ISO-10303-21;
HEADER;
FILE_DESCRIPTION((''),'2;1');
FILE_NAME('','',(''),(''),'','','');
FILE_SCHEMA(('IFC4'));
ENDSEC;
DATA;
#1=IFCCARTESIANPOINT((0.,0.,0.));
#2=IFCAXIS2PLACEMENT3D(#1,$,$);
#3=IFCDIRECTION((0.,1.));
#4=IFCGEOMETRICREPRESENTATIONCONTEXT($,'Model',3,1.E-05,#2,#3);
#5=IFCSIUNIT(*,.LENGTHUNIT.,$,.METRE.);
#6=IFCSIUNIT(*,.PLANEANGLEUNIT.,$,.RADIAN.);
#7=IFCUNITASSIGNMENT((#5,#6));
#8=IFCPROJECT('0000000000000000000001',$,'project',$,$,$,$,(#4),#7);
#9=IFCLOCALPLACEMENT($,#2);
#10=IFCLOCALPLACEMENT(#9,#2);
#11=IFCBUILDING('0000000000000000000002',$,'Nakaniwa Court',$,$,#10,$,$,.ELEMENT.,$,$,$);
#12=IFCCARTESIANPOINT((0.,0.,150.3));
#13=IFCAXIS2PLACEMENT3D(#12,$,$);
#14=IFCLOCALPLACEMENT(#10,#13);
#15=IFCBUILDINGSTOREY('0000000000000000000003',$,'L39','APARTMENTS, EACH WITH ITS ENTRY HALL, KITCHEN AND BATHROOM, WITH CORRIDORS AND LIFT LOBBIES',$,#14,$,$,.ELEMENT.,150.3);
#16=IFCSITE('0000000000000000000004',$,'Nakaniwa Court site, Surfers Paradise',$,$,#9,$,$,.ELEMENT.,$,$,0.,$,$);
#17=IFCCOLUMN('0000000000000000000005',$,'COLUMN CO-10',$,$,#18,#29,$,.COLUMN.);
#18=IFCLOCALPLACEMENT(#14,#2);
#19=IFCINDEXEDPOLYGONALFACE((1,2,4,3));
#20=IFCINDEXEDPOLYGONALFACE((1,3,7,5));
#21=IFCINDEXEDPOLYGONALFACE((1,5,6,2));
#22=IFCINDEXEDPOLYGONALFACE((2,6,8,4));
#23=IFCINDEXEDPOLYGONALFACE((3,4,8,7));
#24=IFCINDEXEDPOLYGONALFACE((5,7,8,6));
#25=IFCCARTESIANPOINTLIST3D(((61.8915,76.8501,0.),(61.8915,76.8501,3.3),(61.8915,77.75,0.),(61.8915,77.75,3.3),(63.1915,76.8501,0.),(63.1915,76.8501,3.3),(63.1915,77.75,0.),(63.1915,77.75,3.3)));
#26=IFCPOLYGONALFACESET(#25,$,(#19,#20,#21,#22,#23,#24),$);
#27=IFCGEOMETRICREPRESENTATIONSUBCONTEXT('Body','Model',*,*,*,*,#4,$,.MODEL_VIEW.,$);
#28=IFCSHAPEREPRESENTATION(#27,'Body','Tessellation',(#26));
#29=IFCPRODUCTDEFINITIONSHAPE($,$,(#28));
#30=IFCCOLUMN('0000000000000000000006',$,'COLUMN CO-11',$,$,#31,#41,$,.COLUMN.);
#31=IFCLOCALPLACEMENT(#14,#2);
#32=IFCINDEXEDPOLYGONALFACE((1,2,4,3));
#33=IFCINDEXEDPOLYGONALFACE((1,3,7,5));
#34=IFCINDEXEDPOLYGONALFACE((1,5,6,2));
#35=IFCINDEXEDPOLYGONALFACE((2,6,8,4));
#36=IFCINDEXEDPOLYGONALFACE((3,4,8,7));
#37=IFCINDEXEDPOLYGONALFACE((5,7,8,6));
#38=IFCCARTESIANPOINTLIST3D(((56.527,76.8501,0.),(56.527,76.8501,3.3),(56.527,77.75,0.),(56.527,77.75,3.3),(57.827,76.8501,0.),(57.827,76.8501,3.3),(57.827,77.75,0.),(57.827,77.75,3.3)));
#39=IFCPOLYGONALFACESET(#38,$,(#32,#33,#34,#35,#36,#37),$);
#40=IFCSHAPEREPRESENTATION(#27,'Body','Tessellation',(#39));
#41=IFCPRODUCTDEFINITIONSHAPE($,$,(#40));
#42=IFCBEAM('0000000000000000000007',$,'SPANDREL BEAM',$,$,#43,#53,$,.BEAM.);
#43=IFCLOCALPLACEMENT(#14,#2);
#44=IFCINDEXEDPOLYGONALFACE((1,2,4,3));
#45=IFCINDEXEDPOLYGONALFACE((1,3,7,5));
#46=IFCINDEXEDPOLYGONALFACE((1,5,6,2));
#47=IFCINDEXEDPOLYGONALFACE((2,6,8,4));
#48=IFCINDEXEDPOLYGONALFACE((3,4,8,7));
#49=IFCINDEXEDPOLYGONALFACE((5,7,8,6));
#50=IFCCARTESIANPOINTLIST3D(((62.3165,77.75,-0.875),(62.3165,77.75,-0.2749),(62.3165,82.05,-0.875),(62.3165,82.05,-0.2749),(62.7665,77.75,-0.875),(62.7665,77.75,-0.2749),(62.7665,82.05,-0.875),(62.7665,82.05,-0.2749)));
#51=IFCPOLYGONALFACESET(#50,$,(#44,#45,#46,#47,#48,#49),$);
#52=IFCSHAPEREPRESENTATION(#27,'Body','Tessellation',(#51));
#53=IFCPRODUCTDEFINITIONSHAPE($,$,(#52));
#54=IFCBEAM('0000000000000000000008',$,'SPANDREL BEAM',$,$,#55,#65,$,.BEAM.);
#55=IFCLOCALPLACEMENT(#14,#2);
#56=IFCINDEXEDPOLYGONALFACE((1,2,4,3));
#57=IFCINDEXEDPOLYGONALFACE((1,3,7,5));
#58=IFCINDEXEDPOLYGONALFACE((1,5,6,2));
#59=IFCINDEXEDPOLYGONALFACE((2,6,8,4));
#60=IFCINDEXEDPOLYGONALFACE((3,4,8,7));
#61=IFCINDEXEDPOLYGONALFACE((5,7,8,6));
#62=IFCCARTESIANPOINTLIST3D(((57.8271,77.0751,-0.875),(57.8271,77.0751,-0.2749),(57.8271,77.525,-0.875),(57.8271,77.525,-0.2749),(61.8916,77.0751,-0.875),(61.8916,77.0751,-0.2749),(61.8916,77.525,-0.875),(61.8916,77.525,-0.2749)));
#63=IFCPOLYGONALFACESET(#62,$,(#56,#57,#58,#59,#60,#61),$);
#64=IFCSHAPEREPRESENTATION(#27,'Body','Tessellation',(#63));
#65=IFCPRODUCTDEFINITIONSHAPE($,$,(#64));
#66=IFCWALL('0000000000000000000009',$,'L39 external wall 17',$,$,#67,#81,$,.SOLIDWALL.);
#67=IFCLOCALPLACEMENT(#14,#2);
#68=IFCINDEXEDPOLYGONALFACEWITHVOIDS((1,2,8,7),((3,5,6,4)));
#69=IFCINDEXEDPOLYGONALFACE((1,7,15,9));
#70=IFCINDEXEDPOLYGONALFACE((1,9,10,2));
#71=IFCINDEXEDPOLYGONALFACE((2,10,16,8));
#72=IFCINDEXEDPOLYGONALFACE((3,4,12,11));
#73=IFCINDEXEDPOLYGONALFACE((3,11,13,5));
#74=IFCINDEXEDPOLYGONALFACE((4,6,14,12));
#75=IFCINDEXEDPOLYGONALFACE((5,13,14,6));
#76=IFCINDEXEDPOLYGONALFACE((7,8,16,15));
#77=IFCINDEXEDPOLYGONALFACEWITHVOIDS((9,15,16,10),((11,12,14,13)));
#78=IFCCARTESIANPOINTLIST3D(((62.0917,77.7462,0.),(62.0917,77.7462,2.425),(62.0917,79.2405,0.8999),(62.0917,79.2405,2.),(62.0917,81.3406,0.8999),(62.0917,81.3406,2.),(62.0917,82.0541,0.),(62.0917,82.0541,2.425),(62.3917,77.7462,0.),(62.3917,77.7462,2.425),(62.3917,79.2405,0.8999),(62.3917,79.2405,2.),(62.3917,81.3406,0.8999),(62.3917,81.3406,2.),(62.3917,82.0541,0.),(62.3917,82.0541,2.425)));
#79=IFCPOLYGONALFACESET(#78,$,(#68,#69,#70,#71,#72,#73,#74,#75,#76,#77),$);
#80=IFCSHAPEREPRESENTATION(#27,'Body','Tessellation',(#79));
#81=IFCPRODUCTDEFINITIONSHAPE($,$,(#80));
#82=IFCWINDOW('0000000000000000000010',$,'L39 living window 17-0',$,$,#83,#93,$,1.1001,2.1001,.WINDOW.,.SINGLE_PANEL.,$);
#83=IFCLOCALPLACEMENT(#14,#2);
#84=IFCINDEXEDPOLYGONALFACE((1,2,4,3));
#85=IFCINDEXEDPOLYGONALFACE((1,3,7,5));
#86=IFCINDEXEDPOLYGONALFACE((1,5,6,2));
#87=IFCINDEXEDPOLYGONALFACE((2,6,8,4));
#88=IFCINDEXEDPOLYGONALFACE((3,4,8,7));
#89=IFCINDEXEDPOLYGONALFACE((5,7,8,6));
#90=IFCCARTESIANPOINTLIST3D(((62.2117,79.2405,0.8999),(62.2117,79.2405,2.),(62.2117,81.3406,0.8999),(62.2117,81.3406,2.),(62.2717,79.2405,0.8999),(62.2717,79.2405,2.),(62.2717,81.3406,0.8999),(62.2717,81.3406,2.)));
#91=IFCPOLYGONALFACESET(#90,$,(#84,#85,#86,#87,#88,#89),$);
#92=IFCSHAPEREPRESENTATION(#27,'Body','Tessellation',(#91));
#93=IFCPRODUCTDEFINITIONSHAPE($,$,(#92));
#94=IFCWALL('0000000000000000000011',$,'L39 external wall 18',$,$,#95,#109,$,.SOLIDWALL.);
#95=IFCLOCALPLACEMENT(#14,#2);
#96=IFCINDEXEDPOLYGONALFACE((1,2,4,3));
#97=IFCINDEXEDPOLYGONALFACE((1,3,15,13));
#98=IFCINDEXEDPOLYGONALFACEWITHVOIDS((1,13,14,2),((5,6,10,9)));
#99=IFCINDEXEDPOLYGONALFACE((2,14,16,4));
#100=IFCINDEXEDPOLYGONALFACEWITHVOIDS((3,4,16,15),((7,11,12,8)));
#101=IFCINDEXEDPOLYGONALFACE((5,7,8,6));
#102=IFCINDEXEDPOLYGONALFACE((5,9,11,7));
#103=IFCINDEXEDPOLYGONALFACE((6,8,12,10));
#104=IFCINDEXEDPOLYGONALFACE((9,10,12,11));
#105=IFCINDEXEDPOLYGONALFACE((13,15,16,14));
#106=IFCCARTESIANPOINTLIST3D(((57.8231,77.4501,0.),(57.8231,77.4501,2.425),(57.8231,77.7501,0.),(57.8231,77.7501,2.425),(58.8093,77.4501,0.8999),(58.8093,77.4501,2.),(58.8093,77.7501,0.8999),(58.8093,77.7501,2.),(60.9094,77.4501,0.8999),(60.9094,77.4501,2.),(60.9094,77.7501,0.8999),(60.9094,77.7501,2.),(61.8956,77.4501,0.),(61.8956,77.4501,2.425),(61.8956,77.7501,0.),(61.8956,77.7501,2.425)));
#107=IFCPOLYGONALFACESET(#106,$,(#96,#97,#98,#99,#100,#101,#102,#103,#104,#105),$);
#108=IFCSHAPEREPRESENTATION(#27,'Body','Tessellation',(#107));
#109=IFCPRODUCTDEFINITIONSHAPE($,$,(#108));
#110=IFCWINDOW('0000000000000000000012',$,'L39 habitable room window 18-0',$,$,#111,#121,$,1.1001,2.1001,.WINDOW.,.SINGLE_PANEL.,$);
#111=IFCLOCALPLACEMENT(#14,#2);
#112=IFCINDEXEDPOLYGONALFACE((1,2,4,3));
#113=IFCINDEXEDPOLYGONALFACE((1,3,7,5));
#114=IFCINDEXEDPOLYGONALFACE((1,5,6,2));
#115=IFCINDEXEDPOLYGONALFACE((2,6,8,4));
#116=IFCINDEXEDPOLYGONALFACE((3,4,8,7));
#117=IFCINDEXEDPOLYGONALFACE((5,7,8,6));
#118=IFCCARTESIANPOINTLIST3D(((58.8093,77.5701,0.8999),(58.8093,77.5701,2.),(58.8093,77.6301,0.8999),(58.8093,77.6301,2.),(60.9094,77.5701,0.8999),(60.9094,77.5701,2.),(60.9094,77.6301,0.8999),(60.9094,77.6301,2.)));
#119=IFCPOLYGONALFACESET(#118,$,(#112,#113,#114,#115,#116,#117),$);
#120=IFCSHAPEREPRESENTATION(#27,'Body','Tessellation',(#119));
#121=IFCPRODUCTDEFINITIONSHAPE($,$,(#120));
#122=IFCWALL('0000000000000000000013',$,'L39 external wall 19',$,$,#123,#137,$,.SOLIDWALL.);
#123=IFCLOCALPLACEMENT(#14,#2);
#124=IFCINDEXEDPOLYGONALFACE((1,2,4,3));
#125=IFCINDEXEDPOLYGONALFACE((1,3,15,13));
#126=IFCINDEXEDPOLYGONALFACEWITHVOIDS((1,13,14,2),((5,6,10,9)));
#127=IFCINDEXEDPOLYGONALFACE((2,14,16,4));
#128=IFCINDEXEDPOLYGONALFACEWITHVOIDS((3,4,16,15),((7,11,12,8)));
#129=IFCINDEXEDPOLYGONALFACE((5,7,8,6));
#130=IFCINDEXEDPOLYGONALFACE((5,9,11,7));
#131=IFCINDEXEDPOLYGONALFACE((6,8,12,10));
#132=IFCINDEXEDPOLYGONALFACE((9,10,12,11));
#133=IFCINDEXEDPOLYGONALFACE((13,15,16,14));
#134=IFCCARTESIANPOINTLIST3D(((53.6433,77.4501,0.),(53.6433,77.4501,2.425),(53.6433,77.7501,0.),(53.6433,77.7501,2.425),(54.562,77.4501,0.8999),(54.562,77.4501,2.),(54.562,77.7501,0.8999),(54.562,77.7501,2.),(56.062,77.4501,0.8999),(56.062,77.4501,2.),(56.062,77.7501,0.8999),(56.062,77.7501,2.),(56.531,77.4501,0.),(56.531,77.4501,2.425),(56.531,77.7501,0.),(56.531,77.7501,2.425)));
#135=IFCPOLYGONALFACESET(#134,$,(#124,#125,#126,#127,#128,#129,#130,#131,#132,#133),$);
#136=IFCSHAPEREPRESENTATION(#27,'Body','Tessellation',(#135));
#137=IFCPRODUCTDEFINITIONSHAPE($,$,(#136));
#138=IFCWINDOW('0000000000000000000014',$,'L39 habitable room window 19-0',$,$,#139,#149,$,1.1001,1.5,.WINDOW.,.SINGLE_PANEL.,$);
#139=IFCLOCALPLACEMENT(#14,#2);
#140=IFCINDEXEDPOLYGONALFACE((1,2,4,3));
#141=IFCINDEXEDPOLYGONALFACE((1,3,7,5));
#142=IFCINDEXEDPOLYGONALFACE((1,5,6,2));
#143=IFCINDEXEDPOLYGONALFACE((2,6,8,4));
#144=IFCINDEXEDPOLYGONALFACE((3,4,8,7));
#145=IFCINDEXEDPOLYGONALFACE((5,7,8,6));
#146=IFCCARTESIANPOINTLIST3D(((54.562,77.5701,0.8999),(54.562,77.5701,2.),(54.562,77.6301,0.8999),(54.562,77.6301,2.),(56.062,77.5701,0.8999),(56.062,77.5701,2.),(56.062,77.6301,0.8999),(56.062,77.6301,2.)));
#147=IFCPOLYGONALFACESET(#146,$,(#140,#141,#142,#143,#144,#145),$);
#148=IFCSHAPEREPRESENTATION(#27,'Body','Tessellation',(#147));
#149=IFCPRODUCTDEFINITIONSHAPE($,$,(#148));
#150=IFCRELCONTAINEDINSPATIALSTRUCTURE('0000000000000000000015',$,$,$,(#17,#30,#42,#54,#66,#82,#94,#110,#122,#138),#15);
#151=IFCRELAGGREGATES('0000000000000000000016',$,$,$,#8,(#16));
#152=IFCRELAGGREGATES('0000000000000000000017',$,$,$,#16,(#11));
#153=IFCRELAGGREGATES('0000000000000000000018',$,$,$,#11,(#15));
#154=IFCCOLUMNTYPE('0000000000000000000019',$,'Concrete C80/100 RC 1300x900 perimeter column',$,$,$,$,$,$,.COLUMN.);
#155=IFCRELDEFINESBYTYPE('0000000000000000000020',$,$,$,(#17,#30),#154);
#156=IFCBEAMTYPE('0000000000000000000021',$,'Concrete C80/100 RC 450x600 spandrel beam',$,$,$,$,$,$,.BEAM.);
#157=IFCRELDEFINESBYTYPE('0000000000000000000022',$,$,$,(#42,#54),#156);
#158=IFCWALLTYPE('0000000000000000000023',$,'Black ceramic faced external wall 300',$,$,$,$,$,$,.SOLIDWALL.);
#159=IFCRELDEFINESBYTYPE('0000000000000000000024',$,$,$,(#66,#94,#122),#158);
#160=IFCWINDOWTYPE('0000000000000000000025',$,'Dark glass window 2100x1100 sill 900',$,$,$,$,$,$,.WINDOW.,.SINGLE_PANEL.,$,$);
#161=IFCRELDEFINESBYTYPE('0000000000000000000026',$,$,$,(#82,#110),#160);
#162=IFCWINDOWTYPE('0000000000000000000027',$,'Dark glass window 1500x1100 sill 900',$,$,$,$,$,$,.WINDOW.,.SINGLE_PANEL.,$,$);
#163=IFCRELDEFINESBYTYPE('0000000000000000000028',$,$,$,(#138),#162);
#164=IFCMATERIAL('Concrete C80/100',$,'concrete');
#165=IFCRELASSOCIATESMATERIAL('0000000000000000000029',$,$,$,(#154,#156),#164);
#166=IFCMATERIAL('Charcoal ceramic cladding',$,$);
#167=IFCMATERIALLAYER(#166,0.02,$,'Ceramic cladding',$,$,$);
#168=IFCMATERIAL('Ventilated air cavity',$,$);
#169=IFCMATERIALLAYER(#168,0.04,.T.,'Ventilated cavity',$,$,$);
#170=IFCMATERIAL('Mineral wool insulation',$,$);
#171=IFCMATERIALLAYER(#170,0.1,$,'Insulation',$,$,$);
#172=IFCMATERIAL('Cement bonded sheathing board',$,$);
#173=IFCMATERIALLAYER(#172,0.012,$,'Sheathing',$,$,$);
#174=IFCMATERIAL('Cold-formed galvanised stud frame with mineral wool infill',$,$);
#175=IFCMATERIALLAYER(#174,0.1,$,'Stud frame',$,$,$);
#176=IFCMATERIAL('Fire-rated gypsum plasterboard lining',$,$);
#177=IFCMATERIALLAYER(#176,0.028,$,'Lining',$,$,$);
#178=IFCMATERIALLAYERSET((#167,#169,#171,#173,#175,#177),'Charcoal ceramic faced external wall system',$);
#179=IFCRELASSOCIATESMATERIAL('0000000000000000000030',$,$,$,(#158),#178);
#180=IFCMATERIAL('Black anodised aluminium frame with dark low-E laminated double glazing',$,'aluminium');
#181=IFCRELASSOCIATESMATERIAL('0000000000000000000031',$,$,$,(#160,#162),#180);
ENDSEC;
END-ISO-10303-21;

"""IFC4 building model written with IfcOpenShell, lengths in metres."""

from ifc_helpers import new_model, si_unit, direction, frame, frame_2d, origin, origin_2d, place, context, subcontext, project, spatial, rectangle, extrude, material, layer, layer_set, material_profile, profile_set, type_object, element, fill, save


model = new_model("IFC4")

# Units and contexts
model_context = context("Model", 3, precision=1e-05, world=origin(), true_north=direction((0.0, 1.0)))
body_context = subcontext(model_context, "Body", "Model", "MODEL_VIEW")
ifc_project = project(units=[si_unit("LENGTHUNIT", "METRE"), si_unit("PLANEANGLEUNIT", "RADIAN")], contexts=[model_context])

# Site, building, storey
site_placement = place(None, origin())
site = spatial("IfcSite", under=ifc_project, at=site_placement, Name="Nakaniwa Court site, Surfers Paradise", CompositionType="ELEMENT", RefElevation=0.0)
building_placement = place(site_placement, origin())
building = spatial("IfcBuilding", under=site, at=building_placement, Name="Nakaniwa Court", CompositionType="ELEMENT")
storey_placement = place(building_placement, frame((0.0, 0.0, 150.3)))
storey = spatial("IfcBuildingStorey", under=building, at=storey_placement, Name="L39", Description="APARTMENTS, EACH WITH ITS ENTRY HALL, KITCHEN AND BATHROOM, WITH CORRIDORS AND LIFT LOBBIES", CompositionType="ELEMENT", Elevation=150.3)

# Columns
ifc_material_1 = material(Name="Concrete C80/100", Category="concrete")
ifc_material_profile_1 = material_profile(ifc_material_1, rectangle(XDim=1.3, YDim=0.8999, at=origin_2d()), Name="Concrete C80/100 RC 1300x900 perimeter column")
ifc_profile_set_1 = profile_set([ifc_material_profile_1], Name="Concrete C80/100")
column_type = type_object("IfcColumnType", Name="Concrete C80/100 RC 1300x900 perimeter column", PredefinedType="COLUMN", material=ifc_profile_set_1)
for number, where, z_axis, x_axis, name in (
    (1, (62.5415, 77.3, 0.0), (0.0, 0.0, 1.0), (-1.0, 0.0, 0.0), "COLUMN CO-10"),
    (2, (57.177, 77.3, 0.0), (0.0, 0.0, 1.0), (-1.0, 0.0, 0.0), "COLUMN CO-11"),
):
    element("IfcColumn", number, at=place(storey_placement, frame(where, z_axis=z_axis, x_axis=x_axis)), inside=storey, type_object=column_type, Name=name, PredefinedType="COLUMN", context=body_context, shape_type="SweptSolid", body=[
        extrude(rectangle(XDim=1.3, YDim=0.8999, at=origin_2d()), origin(), (0.0, 0.0, 1.0), 3.3),
    ])

# Beams
ifc_material_profile_2 = material_profile(ifc_material_1, rectangle(XDim=0.45, YDim=0.6001, at=origin_2d()), Name="Concrete C80/100 RC 450x600 spandrel beam")
ifc_profile_set_2 = profile_set([ifc_material_profile_2], Name="Concrete C80/100")
beam_type = type_object("IfcBeamType", Name="Concrete C80/100 RC 450x600 spandrel beam", PredefinedType="BEAM", material=ifc_profile_set_2)
beam_1_placement = place(storey_placement, frame((62.5415, 82.05, -0.575), z_axis=(0.0, -1.0, 0.0), x_axis=(1.0, 0.0, 0.0)))
element("IfcBeam", 3, at=beam_1_placement, inside=storey, type_object=beam_type, Name="SPANDREL BEAM", PredefinedType="BEAM", context=body_context, shape_type="SweptSolid", body=[
    extrude(rectangle(XDim=0.45, YDim=0.6001, at=origin_2d()), origin(), (0.0, 0.0, 1.0), 4.3),
])
beam_2_placement = place(storey_placement, frame((61.8916, 77.3, -0.575), z_axis=(-1.0, 0.0, 0.0), x_axis=(0.0, -1.0, 0.0)))
element("IfcBeam", 4, at=beam_2_placement, inside=storey, type_object=beam_type, Name="SPANDREL BEAM", PredefinedType="BEAM", context=body_context, shape_type="SweptSolid", body=[
    extrude(rectangle(XDim=0.45, YDim=0.6001, at=origin_2d()), origin(), (0.0, 0.0, 1.0), 4.0645),
])

# Walls, openings, windows
ifc_material_2 = material(Name="Charcoal ceramic cladding")
ifc_layer_1 = layer(ifc_material_2, 0.02, Name="Ceramic cladding")
ifc_material_3 = material(Name="Ventilated air cavity")
ifc_layer_2 = layer(ifc_material_3, 0.04, ventilated=True, Name="Ventilated cavity")
ifc_material_4 = material(Name="Mineral wool insulation")
ifc_layer_3 = layer(ifc_material_4, 0.1, Name="Insulation")
ifc_material_5 = material(Name="Cement bonded sheathing board")
ifc_layer_4 = layer(ifc_material_5, 0.012, Name="Sheathing")
ifc_material_6 = material(Name="Cold-formed galvanised stud frame with mineral wool infill")
ifc_layer_5 = layer(ifc_material_6, 0.1, Name="Stud frame")
ifc_material_7 = material(Name="Fire-rated gypsum plasterboard lining")
ifc_layer_6 = layer(ifc_material_7, 0.028, Name="Lining")
ifc_layer_set_1 = layer_set([ifc_layer_1, ifc_layer_2, ifc_layer_3, ifc_layer_4, ifc_layer_5, ifc_layer_6], Name="Charcoal ceramic faced external wall system")
wall_type_1 = type_object("IfcWallType", Name="Black ceramic faced external wall 300", PredefinedType="SOLIDWALL", material=ifc_layer_set_1)
wall_1_placement = place(storey_placement, frame((62.2417, 82.054, 0.0), z_axis=(0.0, 0.0, 1.0), x_axis=(0.0, -1.0, 0.0)))
wall_1 = element("IfcWall", 5, at=wall_1_placement, inside=storey, type_object=wall_type_1, Name="L39 external wall 17", PredefinedType="SOLIDWALL", context=body_context, shape_type="SweptSolid", body=[
    extrude(rectangle(XDim=4.3079, YDim=0.3, at=frame_2d((2.1538, 0.0))), origin(), (0.0, 0.0, 1.0), 2.425),
])
opening_1_placement = place(wall_1_placement, frame((0.7134, 0.0, 0.8999)))
opening_1 = element("IfcOpeningElement", 6, at=opening_1_placement, cuts=wall_1, PredefinedType="OPENING", context=body_context, shape_type="SweptSolid", body=[
    extrude(rectangle(XDim=2.1001, YDim=1.1001, at=frame_2d((1.05, 0.55))), frame((0.0, 0.1599, 0.0), z_axis=(0.0, -1.0, 0.0), x_axis=(1.0, 0.0, 0.0)), (0.0, 0.0, 1.0), 0.3201),
])
ifc_material_8 = material(Name="Black anodised aluminium frame with dark low-E laminated double glazing", Category="aluminium")
window_type_1 = type_object("IfcWindowType", Name="Dark glass window 2100x1100 sill 900", PartitioningType="SINGLE_PANEL", PredefinedType="WINDOW", material=ifc_material_8)
window_1_placement = place(opening_1_placement, origin())
window_1 = element("IfcWindow", 7, at=window_1_placement, inside=storey, type_object=window_type_1, Name="L39 living window 17-0", OverallHeight=1.1001, OverallWidth=2.1001, PartitioningType="SINGLE_PANEL", PredefinedType="WINDOW", context=body_context, shape_type="SweptSolid", body=[
    extrude(rectangle(XDim=2.1001, YDim=1.1001, at=frame_2d((1.05, 0.55))), frame((0.0, 0.03, 0.0), z_axis=(0.0, -1.0, 0.0), x_axis=(1.0, 0.0, 0.0)), (0.0, 0.0, 1.0), 0.0601),
])
fill(opening_1, window_1)
wall_2_placement = place(storey_placement, frame((61.8955, 77.6001, 0.0), z_axis=(0.0, 0.0, 1.0), x_axis=(-1.0, 0.0, 0.0)))
wall_2 = element("IfcWall", 8, at=wall_2_placement, inside=storey, type_object=wall_type_1, Name="L39 external wall 18", PredefinedType="SOLIDWALL", context=body_context, shape_type="SweptSolid", body=[
    extrude(rectangle(XDim=4.0725, YDim=0.3, at=frame_2d((2.0361, 0.0))), origin(), (0.0, 0.0, 1.0), 2.425),
])
opening_2_placement = place(wall_2_placement, frame((0.9861, 0.0, 0.8999)))
opening_2 = element("IfcOpeningElement", 9, at=opening_2_placement, cuts=wall_2, PredefinedType="OPENING", context=body_context, shape_type="SweptSolid", body=[
    extrude(rectangle(XDim=2.1001, YDim=1.1001, at=frame_2d((1.05, 0.55))), frame((0.0, 0.1599, 0.0), z_axis=(0.0, -1.0, 0.0), x_axis=(1.0, 0.0, 0.0)), (0.0, 0.0, 1.0), 0.3201),
])
window_2_placement = place(opening_2_placement, origin())
window_2 = element("IfcWindow", 10, at=window_2_placement, inside=storey, type_object=window_type_1, Name="L39 habitable room window 18-0", OverallHeight=1.1001, OverallWidth=2.1001, PartitioningType="SINGLE_PANEL", PredefinedType="WINDOW", context=body_context, shape_type="SweptSolid", body=[
    extrude(rectangle(XDim=2.1001, YDim=1.1001, at=frame_2d((1.05, 0.55))), frame((0.0, 0.03, 0.0), z_axis=(0.0, -1.0, 0.0), x_axis=(1.0, 0.0, 0.0)), (0.0, 0.0, 1.0), 0.0601),
])
fill(opening_2, window_2)
wall_3_placement = place(storey_placement, frame((56.531, 77.6001, 0.0), z_axis=(0.0, 0.0, 1.0), x_axis=(-1.0, 0.0, 0.0)))
wall_3 = element("IfcWall", 11, at=wall_3_placement, inside=storey, type_object=wall_type_1, Name="L39 external wall 19", PredefinedType="SOLIDWALL", context=body_context, shape_type="SweptSolid", body=[
    extrude(rectangle(XDim=2.8877, YDim=0.3, at=frame_2d((1.4438, 0.0))), origin(), (0.0, 0.0, 1.0), 2.425),
])
opening_3_placement = place(wall_3_placement, frame((0.469, 0.0, 0.8999)))
opening_3 = element("IfcOpeningElement", 12, at=opening_3_placement, cuts=wall_3, PredefinedType="OPENING", context=body_context, shape_type="SweptSolid", body=[
    extrude(rectangle(XDim=1.5, YDim=1.1001, at=frame_2d((0.75, 0.55))), frame((0.0, 0.1599, 0.0), z_axis=(0.0, -1.0, 0.0), x_axis=(1.0, 0.0, 0.0)), (0.0, 0.0, 1.0), 0.3201),
])
window_type_2 = type_object("IfcWindowType", Name="Dark glass window 1500x1100 sill 900", PartitioningType="SINGLE_PANEL", PredefinedType="WINDOW", material=ifc_material_8)
window_3_placement = place(opening_3_placement, origin())
window_3 = element("IfcWindow", 13, at=window_3_placement, inside=storey, type_object=window_type_2, Name="L39 habitable room window 19-0", OverallHeight=1.1001, OverallWidth=1.5, PartitioningType="SINGLE_PANEL", PredefinedType="WINDOW", context=body_context, shape_type="SweptSolid", body=[
    extrude(rectangle(XDim=1.5, YDim=1.1001, at=frame_2d((0.75, 0.55))), frame((0.0, 0.03, 0.0), z_axis=(0.0, -1.0, 0.0), x_axis=(1.0, 0.0, 0.0)), (0.0, 0.0, 1.0), 0.0601),
])
fill(opening_3, window_3)

save(model, "model.ifc")
